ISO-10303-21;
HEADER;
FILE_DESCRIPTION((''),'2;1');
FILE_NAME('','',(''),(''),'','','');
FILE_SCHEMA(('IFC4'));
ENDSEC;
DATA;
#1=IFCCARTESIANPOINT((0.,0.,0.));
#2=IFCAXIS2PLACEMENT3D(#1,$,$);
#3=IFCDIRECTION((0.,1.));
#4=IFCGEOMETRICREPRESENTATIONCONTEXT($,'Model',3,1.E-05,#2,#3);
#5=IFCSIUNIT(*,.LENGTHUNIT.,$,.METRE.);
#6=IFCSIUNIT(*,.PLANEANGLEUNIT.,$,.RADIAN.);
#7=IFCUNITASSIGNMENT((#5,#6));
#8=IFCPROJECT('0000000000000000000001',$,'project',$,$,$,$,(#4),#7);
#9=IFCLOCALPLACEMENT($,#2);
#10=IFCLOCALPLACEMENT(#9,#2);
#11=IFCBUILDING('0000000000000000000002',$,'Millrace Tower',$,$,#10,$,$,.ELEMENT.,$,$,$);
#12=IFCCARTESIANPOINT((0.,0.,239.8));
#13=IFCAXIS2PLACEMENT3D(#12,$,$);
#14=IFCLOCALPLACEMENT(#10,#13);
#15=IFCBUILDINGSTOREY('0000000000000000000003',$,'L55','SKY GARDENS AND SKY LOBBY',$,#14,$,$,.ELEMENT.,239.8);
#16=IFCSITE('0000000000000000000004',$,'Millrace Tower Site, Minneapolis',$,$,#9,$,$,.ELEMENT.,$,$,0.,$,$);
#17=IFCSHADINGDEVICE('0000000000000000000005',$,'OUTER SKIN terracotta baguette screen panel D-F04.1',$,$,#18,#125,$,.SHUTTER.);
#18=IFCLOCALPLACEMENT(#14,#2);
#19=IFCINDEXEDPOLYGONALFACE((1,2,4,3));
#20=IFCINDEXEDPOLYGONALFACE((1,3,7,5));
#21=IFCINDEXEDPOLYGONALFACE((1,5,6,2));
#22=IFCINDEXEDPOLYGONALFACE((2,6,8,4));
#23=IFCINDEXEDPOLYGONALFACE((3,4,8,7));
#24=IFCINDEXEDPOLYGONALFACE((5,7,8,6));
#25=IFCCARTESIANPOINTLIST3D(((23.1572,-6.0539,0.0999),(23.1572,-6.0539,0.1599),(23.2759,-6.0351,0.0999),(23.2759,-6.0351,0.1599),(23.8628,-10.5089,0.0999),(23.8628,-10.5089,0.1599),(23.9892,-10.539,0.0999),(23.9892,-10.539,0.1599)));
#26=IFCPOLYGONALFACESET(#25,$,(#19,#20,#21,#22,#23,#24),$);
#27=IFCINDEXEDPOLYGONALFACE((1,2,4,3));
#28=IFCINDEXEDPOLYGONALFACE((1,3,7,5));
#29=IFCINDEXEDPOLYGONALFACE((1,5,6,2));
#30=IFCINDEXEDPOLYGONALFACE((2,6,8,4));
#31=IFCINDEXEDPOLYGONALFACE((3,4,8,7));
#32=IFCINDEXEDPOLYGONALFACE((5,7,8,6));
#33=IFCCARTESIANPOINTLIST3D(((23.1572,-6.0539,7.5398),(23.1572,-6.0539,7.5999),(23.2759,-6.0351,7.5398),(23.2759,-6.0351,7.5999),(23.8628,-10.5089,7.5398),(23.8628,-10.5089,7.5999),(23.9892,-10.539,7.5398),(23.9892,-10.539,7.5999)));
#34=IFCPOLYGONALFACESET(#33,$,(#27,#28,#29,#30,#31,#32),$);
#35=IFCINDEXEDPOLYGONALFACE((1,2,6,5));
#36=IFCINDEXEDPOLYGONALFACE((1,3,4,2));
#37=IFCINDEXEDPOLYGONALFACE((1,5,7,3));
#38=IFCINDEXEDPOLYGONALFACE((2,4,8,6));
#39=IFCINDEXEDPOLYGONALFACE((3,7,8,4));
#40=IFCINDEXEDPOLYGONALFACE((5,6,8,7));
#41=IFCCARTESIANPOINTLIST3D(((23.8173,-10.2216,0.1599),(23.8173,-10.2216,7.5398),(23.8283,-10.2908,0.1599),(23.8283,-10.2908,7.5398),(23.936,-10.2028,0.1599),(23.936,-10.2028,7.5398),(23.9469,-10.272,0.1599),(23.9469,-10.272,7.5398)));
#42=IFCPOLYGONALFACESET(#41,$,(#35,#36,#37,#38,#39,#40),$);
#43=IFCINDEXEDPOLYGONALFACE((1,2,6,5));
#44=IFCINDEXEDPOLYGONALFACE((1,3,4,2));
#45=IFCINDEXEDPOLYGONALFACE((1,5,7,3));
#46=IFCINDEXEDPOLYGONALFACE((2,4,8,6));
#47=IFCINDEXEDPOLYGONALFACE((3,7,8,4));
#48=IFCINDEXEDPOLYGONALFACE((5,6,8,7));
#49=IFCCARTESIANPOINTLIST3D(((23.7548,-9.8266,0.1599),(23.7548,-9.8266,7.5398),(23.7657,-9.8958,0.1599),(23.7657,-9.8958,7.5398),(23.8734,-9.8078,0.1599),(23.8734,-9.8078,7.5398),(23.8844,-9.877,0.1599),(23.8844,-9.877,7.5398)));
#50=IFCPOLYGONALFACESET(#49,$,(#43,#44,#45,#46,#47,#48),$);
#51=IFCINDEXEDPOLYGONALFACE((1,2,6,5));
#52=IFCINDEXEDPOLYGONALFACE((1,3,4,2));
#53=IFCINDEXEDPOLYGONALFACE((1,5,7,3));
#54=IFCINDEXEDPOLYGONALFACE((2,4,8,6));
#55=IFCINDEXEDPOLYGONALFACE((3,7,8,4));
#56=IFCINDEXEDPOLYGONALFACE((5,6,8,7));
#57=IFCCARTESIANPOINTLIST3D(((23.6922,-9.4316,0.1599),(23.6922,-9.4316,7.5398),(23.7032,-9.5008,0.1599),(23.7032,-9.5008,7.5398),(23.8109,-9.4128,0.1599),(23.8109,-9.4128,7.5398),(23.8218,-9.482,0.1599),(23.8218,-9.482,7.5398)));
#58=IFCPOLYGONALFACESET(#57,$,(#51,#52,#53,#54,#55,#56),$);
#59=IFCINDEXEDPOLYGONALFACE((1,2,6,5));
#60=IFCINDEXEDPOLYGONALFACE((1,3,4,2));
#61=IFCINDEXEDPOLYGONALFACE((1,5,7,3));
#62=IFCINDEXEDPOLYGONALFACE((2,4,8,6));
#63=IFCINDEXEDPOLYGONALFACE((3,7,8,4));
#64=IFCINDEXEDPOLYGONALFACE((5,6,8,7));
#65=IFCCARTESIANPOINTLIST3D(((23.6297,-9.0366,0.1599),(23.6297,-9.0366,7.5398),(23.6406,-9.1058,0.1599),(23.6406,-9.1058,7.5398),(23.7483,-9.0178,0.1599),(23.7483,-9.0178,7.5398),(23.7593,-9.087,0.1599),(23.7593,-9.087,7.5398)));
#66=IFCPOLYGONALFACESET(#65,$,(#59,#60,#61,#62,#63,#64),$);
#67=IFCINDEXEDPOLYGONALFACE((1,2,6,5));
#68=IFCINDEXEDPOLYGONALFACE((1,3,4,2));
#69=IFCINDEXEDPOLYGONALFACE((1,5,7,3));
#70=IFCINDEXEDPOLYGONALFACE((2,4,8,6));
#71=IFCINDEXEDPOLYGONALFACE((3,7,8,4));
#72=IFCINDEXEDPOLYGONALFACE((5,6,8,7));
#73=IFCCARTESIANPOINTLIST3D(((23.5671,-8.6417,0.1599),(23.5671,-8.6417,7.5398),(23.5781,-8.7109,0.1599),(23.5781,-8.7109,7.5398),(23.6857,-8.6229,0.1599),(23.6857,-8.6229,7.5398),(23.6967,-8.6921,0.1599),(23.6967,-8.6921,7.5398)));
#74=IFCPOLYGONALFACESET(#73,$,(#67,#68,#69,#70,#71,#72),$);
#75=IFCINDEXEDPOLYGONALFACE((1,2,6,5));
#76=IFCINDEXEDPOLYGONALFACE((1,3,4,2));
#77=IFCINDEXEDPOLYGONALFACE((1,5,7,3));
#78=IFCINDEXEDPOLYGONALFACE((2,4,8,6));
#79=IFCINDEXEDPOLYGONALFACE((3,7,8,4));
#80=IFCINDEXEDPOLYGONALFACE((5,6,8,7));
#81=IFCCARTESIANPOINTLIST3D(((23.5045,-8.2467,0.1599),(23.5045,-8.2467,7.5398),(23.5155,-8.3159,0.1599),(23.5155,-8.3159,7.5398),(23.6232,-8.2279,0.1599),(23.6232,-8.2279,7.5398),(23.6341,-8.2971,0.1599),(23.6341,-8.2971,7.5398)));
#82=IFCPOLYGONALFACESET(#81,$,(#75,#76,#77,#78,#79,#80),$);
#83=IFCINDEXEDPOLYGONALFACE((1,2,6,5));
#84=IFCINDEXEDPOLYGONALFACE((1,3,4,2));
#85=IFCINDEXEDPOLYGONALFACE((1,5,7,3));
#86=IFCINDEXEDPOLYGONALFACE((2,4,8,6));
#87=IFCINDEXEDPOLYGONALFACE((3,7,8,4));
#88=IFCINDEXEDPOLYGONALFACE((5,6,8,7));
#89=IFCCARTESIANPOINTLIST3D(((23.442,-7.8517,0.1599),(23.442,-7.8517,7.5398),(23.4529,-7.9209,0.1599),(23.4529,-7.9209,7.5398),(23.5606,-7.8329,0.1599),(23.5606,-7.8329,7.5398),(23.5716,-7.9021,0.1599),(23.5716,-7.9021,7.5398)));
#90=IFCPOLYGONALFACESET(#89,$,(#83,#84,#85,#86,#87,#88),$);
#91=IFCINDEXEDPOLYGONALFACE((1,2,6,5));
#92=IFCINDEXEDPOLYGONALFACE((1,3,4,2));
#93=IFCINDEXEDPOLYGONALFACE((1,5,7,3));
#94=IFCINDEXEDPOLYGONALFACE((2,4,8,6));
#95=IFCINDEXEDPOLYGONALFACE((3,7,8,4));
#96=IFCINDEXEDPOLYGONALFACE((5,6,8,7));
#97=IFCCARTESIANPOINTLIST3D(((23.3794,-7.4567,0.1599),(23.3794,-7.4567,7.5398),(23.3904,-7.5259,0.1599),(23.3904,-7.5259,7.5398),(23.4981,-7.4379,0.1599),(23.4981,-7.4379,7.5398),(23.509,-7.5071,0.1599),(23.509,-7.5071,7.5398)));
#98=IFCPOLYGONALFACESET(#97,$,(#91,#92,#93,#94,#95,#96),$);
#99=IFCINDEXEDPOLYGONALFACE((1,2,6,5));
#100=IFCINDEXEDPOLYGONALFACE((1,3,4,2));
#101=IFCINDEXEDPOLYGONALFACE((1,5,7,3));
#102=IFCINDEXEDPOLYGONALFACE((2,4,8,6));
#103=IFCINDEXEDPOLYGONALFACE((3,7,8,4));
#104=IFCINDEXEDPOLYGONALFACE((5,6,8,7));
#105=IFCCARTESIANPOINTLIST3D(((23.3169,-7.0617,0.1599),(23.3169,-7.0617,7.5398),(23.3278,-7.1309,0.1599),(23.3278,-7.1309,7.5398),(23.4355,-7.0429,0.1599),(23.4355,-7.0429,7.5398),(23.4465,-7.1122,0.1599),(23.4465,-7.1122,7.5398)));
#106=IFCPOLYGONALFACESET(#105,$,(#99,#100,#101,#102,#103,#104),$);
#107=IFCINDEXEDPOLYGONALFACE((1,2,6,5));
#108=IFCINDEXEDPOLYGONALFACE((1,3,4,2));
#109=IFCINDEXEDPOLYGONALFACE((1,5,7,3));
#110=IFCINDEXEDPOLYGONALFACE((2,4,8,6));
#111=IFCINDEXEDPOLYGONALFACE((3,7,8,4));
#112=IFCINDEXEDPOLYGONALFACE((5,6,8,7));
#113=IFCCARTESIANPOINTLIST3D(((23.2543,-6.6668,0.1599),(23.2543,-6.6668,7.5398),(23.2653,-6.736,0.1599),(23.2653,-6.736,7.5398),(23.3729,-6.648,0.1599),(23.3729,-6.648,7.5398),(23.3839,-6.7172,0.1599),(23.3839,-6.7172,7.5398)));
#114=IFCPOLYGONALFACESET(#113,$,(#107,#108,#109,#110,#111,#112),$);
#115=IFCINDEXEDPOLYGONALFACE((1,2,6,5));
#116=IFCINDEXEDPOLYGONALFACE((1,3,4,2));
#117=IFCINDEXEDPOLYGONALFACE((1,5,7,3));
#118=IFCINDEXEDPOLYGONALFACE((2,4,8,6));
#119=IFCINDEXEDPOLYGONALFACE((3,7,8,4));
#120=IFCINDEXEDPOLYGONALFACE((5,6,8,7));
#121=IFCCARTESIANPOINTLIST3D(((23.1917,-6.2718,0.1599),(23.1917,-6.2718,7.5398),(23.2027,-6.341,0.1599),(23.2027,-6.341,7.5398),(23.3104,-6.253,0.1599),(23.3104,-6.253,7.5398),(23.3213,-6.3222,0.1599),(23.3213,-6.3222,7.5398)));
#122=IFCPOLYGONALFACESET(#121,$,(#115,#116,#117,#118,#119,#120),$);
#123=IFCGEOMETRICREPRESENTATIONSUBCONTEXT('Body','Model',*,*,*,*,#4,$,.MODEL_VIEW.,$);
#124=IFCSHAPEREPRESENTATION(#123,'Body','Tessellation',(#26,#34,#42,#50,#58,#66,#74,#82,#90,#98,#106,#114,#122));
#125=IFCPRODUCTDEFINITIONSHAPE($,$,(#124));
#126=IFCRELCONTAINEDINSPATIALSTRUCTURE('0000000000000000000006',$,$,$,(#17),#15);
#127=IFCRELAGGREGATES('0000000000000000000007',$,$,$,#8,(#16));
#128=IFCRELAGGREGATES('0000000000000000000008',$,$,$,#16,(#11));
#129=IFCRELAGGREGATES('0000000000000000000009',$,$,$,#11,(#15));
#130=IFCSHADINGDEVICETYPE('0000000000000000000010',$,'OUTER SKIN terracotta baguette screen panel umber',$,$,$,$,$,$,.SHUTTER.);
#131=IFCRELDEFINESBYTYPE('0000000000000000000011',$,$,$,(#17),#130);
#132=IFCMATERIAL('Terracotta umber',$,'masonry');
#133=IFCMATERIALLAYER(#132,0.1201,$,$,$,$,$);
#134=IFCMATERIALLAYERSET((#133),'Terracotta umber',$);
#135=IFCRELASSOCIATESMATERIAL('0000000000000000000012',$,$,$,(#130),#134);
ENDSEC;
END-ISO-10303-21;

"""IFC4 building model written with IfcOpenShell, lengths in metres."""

from ifc_helpers import new_model, entity, si_unit, direction, frame, frame_2d, origin, place, context, subcontext, project, spatial, rectangle, extrude, source, transform, mapped, material, layer, layer_set, type_object, element, save


model = new_model("IFC4")

# Units and contexts
model_context = context("Model", 3, precision=1e-05, world=origin(), true_north=direction((0.0, 1.0)))
body_context = subcontext(model_context, "Body", "Model", "MODEL_VIEW")
ifc_project = project(units=[si_unit("LENGTHUNIT", "METRE"), si_unit("PLANEANGLEUNIT", "RADIAN")], contexts=[model_context])

# Site, building, storey
site_placement = place(None, origin())
site = spatial("IfcSite", under=ifc_project, at=site_placement, Name="Millrace Tower Site, Minneapolis", CompositionType="ELEMENT", RefElevation=0.0)
building_placement = place(site_placement, origin())
building = spatial("IfcBuilding", under=site, at=building_placement, Name="Millrace Tower", CompositionType="ELEMENT")
storey_placement = place(building_placement, frame((0.0, 0.0, 239.8)))
storey = spatial("IfcBuildingStorey", under=building, at=storey_placement, Name="L55", Description="SKY GARDENS AND SKY LOBBY", CompositionType="ELEMENT", Elevation=239.8)

# Shading device
ifc_material_1 = material(Name="Terracotta umber", Category="masonry")
ifc_layer_1 = layer(ifc_material_1, 0.1201)
ifc_layer_set_1 = layer_set([ifc_layer_1], Name="Terracotta umber")
shading_device_type = type_object("IfcShadingDeviceType", Name="OUTER SKIN terracotta baguette screen panel umber", PredefinedType="SHUTTER", material=ifc_layer_set_1)
cartesian_point_1 = entity("IfcCartesianPoint", [-2.2429, 0.0601])
shared_polyline_1 = entity("IfcPolyline", [cartesian_point_1, entity("IfcCartesianPoint", [2.2676, 0.0601]), entity("IfcCartesianPoint", [2.2676, -0.0601]), entity("IfcCartesianPoint", [-2.2925, -0.0601]), cartesian_point_1])
shared_shape_1 = source(origin(), body_context, "Body", "SweptSolid", [
    entity("IfcExtrudedAreaSolid", entity("IfcArbitraryClosedProfileDef", "AREA", None, shared_polyline_1), entity("IfcAxis2Placement3D", entity("IfcCartesianPoint", [0.0, 0.0, 0.0])), entity("IfcDirection", [0.0, 0.0, 1.0]), 0.0601),
    entity("IfcExtrudedAreaSolid", entity("IfcArbitraryClosedProfileDef", "AREA", None, shared_polyline_1), entity("IfcAxis2Placement3D", entity("IfcCartesianPoint", [0.0, 0.0, 7.4399])), entity("IfcDirection", [0.0, 0.0, 1.0]), 0.0601),
    extrude(rectangle(XDim=0.0701, YDim=0.1201, at=frame_2d((-1.9871, 0.0))), frame((0.0, 0.0, 0.0601)), (0.0, 0.0, 1.0), 7.3799),
    extrude(rectangle(XDim=0.0701, YDim=0.1201, at=frame_2d((-1.5872, 0.0))), frame((0.0, 0.0, 0.0601)), (0.0, 0.0, 1.0), 7.3799),
    extrude(rectangle(XDim=0.0701, YDim=0.1201, at=frame_2d((-1.1873, 0.0))), frame((0.0, 0.0, 0.0601)), (0.0, 0.0, 1.0), 7.3799),
    extrude(rectangle(XDim=0.0701, YDim=0.1201, at=frame_2d((-0.7874, 0.0))), frame((0.0, 0.0, 0.0601)), (0.0, 0.0, 1.0), 7.3799),
    extrude(rectangle(XDim=0.0701, YDim=0.1201, at=frame_2d((-0.3875, 0.0))), frame((0.0, 0.0, 0.0601)), (0.0, 0.0, 1.0), 7.3799),
    extrude(rectangle(XDim=0.0701, YDim=0.1201, at=frame_2d((0.0125, 0.0))), frame((0.0, 0.0, 0.0601)), (0.0, 0.0, 1.0), 7.3799),
    extrude(rectangle(XDim=0.0701, YDim=0.1201, at=frame_2d((0.4124, 0.0))), frame((0.0, 0.0, 0.0601)), (0.0, 0.0, 1.0), 7.3799),
    extrude(rectangle(XDim=0.0701, YDim=0.1201, at=frame_2d((0.8123, 0.0))), frame((0.0, 0.0, 0.0601)), (0.0, 0.0, 1.0), 7.3799),
    extrude(rectangle(XDim=0.0701, YDim=0.1201, at=frame_2d((1.2122, 0.0))), frame((0.0, 0.0, 0.0601)), (0.0, 0.0, 1.0), 7.3799),
    extrude(rectangle(XDim=0.0701, YDim=0.1201, at=frame_2d((1.6121, 0.0))), frame((0.0, 0.0, 0.0601)), (0.0, 0.0, 1.0), 7.3799),
    extrude(rectangle(XDim=0.0701, YDim=0.1201, at=frame_2d((2.012, 0.0))), frame((0.0, 0.0, 0.0601)), (0.0, 0.0, 1.0), 7.3799),
])
shading_device_1_placement = place(storey_placement, frame((23.5713, -8.2842, 0.0999), z_axis=(0.0, 0.0, 1.0), x_axis=(-0.156434, 0.987688, 0.0)))
element("IfcShadingDevice", 1, at=shading_device_1_placement, inside=storey, type_object=shading_device_type, Name="OUTER SKIN terracotta baguette screen panel D-F04.1", PredefinedType="SHUTTER", context=body_context, shape_type="MappedRepresentation", body=[
    mapped(shared_shape_1, transform((0.0, 0.0, 0.0), scale=1.0)),
])

save(model, "model.ifc")
